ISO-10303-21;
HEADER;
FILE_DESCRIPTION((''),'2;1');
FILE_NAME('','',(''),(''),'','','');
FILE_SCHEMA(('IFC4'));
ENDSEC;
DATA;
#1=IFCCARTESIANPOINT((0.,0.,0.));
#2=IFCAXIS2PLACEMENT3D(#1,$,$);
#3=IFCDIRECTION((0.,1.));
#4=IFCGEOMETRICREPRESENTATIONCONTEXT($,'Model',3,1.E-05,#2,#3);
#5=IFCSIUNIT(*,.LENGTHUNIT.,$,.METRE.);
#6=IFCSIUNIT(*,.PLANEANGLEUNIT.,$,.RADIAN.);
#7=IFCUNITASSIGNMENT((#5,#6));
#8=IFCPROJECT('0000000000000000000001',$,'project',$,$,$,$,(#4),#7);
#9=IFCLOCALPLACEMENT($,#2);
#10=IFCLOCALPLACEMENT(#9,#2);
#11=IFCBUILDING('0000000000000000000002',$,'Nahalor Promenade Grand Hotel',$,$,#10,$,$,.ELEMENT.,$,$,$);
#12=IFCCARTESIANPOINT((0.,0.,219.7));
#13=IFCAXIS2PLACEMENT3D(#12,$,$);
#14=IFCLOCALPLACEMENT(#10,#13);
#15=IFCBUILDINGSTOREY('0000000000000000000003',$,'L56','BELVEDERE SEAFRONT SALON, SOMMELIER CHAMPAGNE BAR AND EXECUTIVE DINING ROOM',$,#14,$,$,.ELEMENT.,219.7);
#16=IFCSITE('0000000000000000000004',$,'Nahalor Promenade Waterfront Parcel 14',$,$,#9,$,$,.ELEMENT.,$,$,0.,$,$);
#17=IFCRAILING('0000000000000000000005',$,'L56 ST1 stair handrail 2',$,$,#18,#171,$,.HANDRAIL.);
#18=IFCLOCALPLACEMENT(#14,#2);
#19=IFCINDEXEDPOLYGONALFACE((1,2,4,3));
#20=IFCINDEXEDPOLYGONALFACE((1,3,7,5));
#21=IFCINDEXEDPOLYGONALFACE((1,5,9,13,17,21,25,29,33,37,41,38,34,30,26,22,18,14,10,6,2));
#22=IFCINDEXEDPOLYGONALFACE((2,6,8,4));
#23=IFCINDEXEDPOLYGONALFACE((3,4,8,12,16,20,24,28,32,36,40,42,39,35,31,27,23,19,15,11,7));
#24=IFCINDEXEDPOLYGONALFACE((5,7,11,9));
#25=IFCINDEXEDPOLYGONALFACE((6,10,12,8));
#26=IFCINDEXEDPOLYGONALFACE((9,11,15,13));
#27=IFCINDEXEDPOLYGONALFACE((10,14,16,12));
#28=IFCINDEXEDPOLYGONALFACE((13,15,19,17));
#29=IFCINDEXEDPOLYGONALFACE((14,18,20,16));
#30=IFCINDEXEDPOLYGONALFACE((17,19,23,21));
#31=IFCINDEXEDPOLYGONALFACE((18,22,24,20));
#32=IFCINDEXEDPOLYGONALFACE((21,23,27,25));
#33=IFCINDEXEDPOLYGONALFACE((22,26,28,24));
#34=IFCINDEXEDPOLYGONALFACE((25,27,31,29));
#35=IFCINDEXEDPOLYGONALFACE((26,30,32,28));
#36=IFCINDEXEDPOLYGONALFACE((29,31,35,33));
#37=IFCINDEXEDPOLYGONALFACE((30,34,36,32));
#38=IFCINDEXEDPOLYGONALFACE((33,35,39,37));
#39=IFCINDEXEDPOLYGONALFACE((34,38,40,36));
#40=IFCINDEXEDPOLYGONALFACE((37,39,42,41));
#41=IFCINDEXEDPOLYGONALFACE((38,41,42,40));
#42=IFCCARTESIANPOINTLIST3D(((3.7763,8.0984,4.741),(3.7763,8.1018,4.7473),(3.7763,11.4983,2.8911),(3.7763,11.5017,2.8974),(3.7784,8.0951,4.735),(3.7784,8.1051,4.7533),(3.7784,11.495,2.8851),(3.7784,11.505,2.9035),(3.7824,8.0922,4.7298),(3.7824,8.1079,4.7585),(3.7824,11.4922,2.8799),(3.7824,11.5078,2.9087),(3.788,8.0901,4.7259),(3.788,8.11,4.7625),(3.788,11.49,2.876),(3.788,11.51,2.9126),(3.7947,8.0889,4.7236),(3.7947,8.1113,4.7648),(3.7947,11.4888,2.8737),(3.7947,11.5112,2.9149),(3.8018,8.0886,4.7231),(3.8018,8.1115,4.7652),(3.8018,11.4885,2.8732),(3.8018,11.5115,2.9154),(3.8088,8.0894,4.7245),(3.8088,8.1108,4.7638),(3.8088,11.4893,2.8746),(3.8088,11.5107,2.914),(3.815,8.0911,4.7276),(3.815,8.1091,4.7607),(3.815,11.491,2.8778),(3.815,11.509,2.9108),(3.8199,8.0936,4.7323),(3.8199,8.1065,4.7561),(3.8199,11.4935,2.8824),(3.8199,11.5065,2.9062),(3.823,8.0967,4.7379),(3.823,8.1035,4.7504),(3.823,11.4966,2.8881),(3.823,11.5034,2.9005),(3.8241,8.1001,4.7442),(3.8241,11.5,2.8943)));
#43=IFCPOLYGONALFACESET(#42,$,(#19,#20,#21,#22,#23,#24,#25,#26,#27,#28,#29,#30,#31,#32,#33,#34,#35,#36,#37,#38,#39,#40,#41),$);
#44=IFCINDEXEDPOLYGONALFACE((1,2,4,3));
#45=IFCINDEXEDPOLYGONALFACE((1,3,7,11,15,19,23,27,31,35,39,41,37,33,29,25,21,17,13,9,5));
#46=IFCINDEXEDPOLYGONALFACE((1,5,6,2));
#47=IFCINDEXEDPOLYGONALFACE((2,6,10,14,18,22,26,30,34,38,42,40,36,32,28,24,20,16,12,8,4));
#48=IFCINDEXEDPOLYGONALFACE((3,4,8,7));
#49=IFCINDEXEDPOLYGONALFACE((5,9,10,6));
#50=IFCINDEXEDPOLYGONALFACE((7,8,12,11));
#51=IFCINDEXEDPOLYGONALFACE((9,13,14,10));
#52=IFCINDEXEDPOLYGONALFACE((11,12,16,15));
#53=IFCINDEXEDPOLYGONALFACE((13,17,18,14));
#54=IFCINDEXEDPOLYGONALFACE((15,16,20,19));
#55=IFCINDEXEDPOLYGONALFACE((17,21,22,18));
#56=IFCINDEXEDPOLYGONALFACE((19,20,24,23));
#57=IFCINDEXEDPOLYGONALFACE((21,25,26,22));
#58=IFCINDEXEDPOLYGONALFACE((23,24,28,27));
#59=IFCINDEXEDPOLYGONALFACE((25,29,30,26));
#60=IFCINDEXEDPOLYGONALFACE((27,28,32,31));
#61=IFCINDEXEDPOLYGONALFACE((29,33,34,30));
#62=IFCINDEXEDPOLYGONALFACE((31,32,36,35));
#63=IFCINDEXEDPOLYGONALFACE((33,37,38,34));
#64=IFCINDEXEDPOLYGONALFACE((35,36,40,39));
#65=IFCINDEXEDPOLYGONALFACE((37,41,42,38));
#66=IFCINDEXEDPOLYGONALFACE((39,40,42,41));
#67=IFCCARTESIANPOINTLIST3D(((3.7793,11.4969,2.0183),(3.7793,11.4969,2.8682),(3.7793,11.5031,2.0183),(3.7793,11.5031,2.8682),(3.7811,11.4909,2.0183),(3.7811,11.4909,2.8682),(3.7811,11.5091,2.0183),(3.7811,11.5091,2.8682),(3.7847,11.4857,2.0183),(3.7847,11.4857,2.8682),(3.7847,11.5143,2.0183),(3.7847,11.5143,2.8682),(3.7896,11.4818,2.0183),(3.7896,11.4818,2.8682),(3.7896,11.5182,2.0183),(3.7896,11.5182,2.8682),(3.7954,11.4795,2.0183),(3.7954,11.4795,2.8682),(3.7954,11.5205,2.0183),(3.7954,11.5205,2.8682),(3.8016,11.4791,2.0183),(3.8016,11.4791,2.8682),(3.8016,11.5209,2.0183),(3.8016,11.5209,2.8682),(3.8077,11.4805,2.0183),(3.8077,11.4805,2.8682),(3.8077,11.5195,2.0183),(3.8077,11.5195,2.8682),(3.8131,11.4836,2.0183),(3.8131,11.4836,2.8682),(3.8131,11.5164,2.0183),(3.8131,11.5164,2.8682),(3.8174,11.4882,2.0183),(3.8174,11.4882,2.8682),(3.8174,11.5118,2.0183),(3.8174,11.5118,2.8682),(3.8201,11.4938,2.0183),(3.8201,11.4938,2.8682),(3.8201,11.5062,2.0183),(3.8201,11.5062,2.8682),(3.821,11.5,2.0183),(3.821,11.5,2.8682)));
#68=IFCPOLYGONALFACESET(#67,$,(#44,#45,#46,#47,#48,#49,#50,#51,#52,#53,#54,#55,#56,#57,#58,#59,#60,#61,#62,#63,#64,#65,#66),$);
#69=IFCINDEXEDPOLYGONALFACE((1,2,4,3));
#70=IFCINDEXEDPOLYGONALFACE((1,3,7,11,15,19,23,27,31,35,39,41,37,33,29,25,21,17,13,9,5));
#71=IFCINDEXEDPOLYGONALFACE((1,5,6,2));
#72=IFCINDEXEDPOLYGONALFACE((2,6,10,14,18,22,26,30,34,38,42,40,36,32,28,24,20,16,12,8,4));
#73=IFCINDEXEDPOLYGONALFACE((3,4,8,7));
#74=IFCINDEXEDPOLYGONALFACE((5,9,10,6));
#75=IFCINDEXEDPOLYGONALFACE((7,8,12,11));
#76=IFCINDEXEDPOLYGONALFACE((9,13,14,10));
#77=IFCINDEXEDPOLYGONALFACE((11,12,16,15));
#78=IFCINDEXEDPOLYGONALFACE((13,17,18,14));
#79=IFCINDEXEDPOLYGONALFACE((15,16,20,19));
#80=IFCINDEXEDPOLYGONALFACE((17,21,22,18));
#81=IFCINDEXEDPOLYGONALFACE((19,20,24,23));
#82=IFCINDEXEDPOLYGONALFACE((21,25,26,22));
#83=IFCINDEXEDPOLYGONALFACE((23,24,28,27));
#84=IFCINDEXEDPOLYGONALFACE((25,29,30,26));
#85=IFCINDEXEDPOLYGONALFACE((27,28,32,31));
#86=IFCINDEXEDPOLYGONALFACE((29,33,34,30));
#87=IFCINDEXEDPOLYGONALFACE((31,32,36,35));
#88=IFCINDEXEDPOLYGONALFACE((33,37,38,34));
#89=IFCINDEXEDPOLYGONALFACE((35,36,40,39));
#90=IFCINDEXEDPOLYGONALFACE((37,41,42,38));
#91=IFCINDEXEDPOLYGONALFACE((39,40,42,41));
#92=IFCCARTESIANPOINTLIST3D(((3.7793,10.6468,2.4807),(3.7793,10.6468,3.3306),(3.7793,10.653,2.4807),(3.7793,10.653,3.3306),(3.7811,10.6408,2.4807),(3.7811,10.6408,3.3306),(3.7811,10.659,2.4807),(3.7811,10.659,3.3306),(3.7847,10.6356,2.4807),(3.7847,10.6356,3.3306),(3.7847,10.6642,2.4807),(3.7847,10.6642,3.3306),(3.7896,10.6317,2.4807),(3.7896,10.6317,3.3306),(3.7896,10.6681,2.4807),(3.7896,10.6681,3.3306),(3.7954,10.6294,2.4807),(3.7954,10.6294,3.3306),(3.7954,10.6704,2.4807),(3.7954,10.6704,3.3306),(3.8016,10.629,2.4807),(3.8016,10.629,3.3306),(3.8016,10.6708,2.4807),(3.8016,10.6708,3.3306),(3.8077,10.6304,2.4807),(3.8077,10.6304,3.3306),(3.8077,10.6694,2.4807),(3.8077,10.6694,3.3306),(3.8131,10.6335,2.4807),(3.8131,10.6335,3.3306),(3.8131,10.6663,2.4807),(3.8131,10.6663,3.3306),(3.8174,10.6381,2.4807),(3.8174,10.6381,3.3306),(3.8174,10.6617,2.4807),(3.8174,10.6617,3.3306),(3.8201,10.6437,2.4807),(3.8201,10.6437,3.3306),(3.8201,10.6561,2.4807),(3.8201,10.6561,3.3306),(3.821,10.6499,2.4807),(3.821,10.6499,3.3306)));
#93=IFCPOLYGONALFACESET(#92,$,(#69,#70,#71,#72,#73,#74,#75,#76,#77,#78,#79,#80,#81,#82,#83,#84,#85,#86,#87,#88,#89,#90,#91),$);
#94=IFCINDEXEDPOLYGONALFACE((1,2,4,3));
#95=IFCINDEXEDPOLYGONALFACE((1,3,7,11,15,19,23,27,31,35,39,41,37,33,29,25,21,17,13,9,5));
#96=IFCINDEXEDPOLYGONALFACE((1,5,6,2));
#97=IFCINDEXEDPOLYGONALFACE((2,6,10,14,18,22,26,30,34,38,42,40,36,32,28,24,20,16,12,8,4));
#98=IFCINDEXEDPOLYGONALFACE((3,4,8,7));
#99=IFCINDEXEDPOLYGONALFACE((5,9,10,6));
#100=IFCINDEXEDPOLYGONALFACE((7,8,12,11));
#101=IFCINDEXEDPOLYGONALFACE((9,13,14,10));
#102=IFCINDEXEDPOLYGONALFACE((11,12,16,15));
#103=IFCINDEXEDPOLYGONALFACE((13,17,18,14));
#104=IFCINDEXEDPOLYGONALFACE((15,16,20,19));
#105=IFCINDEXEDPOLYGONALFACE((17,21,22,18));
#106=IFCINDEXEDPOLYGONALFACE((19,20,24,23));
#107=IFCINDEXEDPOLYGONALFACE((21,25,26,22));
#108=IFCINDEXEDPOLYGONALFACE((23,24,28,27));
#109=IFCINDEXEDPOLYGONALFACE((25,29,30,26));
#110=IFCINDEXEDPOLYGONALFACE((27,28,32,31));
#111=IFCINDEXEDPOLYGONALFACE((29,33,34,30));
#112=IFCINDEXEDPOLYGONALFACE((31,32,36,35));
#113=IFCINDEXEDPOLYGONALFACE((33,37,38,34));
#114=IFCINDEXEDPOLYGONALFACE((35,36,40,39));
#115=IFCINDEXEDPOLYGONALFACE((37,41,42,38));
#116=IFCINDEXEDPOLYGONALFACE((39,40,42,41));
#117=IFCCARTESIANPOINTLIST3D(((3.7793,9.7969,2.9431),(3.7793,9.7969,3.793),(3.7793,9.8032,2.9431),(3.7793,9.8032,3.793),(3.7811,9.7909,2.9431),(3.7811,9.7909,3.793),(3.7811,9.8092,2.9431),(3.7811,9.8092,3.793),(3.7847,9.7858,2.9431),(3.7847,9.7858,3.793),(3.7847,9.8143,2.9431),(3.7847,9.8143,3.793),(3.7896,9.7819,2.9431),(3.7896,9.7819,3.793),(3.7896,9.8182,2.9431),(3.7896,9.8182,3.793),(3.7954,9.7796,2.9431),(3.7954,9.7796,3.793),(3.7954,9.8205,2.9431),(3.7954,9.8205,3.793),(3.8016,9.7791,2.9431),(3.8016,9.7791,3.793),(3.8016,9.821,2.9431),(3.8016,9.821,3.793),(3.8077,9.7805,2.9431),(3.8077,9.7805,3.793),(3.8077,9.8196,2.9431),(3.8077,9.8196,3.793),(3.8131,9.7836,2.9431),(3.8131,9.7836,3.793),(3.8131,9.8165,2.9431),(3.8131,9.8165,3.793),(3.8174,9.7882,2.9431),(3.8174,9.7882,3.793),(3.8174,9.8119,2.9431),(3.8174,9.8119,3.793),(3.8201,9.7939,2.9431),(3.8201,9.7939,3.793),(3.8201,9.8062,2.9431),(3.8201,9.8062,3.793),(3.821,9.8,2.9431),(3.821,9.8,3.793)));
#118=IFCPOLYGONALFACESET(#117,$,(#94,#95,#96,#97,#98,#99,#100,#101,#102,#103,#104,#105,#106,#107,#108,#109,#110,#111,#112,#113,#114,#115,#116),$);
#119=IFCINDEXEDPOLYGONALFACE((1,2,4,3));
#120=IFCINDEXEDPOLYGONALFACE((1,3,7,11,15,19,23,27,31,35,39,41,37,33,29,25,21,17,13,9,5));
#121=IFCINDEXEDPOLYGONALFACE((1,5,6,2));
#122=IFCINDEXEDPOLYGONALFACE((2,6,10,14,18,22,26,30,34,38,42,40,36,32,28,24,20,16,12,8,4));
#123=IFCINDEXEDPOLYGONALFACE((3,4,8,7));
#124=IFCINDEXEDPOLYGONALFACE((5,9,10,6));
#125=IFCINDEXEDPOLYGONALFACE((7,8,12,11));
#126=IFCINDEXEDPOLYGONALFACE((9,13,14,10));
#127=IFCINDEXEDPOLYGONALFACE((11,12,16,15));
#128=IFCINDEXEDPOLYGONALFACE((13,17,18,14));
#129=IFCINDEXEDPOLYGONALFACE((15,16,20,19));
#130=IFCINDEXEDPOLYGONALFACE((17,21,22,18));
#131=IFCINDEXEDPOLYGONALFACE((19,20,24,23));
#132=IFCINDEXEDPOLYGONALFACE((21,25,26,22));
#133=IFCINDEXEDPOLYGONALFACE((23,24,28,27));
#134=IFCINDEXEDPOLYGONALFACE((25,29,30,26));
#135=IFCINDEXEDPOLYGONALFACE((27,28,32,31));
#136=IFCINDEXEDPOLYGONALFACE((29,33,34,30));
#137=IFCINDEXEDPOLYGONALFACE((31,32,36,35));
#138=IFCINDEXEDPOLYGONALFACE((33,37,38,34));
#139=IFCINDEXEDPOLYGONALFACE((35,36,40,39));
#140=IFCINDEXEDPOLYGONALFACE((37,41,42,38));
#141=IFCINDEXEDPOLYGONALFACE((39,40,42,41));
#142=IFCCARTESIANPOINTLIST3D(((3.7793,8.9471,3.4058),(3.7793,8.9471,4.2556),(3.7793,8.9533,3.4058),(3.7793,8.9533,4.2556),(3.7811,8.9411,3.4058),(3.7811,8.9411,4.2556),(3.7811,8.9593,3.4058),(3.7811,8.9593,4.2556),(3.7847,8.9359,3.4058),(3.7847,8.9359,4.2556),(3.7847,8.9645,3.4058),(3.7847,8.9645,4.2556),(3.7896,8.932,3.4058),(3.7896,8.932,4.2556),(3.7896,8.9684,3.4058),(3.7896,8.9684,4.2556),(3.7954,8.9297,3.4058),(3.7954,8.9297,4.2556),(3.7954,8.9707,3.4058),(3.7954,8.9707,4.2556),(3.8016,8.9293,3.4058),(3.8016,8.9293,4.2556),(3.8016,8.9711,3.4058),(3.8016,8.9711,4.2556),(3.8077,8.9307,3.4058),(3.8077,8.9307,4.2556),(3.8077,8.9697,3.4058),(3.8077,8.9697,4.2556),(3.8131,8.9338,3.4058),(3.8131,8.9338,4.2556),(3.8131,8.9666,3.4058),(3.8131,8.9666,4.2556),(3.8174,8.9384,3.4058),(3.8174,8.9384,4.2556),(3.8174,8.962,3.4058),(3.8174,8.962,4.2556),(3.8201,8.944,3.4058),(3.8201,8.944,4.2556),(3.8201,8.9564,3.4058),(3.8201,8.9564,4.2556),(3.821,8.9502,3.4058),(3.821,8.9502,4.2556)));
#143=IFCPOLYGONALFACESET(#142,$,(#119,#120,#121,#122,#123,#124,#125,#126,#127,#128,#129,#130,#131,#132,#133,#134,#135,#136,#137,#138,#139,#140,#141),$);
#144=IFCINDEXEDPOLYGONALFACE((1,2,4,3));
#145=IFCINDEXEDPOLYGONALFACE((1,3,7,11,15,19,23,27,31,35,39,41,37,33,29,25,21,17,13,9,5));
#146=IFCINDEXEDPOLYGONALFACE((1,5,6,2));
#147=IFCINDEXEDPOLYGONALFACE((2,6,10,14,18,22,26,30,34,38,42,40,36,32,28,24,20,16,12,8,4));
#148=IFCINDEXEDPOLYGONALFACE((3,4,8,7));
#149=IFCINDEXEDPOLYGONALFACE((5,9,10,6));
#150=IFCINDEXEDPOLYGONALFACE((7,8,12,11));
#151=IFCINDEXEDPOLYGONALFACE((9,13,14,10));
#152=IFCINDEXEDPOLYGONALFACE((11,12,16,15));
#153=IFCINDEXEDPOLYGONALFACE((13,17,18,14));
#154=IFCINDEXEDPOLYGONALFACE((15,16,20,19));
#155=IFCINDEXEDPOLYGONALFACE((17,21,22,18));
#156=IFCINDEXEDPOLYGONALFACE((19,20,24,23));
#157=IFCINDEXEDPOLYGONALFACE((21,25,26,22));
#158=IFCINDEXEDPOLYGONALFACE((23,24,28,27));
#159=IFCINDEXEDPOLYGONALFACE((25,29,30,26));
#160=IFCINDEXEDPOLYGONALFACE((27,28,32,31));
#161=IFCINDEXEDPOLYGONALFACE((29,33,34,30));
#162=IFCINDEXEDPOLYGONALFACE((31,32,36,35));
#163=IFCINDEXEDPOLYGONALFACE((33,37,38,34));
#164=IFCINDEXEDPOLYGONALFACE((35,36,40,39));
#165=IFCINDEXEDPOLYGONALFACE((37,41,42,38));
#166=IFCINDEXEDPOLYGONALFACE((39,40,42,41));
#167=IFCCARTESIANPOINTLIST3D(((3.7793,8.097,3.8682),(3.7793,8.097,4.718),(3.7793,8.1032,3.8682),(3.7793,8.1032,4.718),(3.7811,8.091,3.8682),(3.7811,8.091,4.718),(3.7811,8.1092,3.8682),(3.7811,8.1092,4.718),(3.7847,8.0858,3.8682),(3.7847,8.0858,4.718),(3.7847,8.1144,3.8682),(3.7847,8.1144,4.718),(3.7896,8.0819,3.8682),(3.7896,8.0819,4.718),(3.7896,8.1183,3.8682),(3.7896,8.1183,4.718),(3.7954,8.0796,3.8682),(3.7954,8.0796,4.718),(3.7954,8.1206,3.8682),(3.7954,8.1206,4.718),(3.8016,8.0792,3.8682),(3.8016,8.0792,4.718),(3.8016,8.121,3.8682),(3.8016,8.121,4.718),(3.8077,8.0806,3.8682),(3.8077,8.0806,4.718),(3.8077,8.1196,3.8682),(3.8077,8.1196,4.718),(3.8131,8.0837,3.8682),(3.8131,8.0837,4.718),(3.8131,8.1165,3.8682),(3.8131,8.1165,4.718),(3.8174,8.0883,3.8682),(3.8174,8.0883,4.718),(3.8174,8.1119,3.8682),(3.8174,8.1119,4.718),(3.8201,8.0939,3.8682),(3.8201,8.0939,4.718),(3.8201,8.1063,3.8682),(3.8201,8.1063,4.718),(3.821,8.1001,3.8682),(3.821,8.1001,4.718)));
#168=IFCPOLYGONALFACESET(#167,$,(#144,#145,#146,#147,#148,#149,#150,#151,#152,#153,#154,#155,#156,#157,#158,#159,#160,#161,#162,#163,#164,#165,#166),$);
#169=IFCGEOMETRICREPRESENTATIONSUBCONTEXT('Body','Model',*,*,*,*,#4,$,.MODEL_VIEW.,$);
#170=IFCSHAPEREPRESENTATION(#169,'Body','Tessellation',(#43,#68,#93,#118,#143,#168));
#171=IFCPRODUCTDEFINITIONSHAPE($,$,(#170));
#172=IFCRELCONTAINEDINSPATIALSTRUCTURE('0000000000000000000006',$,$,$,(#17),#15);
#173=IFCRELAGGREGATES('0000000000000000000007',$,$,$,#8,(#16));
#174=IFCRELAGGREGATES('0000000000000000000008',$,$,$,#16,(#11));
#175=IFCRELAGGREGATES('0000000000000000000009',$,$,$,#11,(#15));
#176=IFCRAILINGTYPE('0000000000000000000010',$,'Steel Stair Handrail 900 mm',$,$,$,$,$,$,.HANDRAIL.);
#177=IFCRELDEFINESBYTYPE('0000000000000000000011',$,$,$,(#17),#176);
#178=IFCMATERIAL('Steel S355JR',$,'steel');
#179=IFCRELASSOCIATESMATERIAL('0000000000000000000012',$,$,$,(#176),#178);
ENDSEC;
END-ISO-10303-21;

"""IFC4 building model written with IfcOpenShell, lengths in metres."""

from ifc_helpers import new_model, si_unit, direction, frame, origin, origin_2d, place, context, subcontext, project, spatial, circle, extrude, material, type_object, element, save


model = new_model("IFC4")

# Units and contexts
model_context = context("Model", 3, precision=1e-05, world=origin(), true_north=direction((0.0, 1.0)))
body_context = subcontext(model_context, "Body", "Model", "MODEL_VIEW")
ifc_project = project(units=[si_unit("LENGTHUNIT", "METRE"), si_unit("PLANEANGLEUNIT", "RADIAN")], contexts=[model_context])

# Site, building, storey
site_placement = place(None, origin())
site = spatial("IfcSite", under=ifc_project, at=site_placement, Name="Nahalor Promenade Waterfront Parcel 14", CompositionType="ELEMENT", RefElevation=0.0)
building_placement = place(site_placement, origin())
building = spatial("IfcBuilding", under=site, at=building_placement, Name="Nahalor Promenade Grand Hotel", CompositionType="ELEMENT")
storey_placement = place(building_placement, frame((0.0, 0.0, 219.7)))
storey = spatial("IfcBuildingStorey", under=building, at=storey_placement, Name="L56", Description="BELVEDERE SEAFRONT SALON, SOMMELIER CHAMPAGNE BAR AND EXECUTIVE DINING ROOM", CompositionType="ELEMENT", Elevation=219.7)

# Shared definitions
ifc_material_1 = material(Name="Steel S355JR", Category="steel")

# Railing
railing_type_1 = type_object("IfcRailingType", Name="Steel Stair Handrail 900 mm", PredefinedType="HANDRAIL", material=ifc_material_1)
railing_1_placement = place(storey_placement, frame((3.8, 11.5, 2.0183)))
element("IfcRailing", 1, at=railing_1_placement, inside=storey, type_object=railing_type_1, Name="L56 ST1 stair handrail 2", PredefinedType="HANDRAIL", context=body_context, shape_type="SweptSolid", body=[
    extrude(circle(Radius=0.024, at=origin_2d()), frame((0.0, 0.0, 0.876), z_axis=(0.0, -0.878399, 0.477928), x_axis=(1.0, 0.0, 0.0)), (0.0, 0.0, 1.0), 3.8706),
    extrude(circle(Radius=0.021, at=origin_2d()), origin(), (0.0, 0.0, 1.0), 0.8499),
    extrude(circle(Radius=0.021, at=origin_2d()), frame((0.0, -0.8501, 0.4624)), (0.0, 0.0, 1.0), 0.8499),
    extrude(circle(Radius=0.021, at=origin_2d()), frame((0.0, -1.7, 0.9248)), (0.0, 0.0, 1.0), 0.8499),
    extrude(circle(Radius=0.021, at=origin_2d()), frame((0.0, -2.5498, 1.3875)), (0.0, 0.0, 1.0), 0.8499),
    extrude(circle(Radius=0.021, at=origin_2d()), frame((0.0, -3.3999, 1.8499)), (0.0, 0.0, 1.0), 0.8499),
])

save(model, "model.ifc")
